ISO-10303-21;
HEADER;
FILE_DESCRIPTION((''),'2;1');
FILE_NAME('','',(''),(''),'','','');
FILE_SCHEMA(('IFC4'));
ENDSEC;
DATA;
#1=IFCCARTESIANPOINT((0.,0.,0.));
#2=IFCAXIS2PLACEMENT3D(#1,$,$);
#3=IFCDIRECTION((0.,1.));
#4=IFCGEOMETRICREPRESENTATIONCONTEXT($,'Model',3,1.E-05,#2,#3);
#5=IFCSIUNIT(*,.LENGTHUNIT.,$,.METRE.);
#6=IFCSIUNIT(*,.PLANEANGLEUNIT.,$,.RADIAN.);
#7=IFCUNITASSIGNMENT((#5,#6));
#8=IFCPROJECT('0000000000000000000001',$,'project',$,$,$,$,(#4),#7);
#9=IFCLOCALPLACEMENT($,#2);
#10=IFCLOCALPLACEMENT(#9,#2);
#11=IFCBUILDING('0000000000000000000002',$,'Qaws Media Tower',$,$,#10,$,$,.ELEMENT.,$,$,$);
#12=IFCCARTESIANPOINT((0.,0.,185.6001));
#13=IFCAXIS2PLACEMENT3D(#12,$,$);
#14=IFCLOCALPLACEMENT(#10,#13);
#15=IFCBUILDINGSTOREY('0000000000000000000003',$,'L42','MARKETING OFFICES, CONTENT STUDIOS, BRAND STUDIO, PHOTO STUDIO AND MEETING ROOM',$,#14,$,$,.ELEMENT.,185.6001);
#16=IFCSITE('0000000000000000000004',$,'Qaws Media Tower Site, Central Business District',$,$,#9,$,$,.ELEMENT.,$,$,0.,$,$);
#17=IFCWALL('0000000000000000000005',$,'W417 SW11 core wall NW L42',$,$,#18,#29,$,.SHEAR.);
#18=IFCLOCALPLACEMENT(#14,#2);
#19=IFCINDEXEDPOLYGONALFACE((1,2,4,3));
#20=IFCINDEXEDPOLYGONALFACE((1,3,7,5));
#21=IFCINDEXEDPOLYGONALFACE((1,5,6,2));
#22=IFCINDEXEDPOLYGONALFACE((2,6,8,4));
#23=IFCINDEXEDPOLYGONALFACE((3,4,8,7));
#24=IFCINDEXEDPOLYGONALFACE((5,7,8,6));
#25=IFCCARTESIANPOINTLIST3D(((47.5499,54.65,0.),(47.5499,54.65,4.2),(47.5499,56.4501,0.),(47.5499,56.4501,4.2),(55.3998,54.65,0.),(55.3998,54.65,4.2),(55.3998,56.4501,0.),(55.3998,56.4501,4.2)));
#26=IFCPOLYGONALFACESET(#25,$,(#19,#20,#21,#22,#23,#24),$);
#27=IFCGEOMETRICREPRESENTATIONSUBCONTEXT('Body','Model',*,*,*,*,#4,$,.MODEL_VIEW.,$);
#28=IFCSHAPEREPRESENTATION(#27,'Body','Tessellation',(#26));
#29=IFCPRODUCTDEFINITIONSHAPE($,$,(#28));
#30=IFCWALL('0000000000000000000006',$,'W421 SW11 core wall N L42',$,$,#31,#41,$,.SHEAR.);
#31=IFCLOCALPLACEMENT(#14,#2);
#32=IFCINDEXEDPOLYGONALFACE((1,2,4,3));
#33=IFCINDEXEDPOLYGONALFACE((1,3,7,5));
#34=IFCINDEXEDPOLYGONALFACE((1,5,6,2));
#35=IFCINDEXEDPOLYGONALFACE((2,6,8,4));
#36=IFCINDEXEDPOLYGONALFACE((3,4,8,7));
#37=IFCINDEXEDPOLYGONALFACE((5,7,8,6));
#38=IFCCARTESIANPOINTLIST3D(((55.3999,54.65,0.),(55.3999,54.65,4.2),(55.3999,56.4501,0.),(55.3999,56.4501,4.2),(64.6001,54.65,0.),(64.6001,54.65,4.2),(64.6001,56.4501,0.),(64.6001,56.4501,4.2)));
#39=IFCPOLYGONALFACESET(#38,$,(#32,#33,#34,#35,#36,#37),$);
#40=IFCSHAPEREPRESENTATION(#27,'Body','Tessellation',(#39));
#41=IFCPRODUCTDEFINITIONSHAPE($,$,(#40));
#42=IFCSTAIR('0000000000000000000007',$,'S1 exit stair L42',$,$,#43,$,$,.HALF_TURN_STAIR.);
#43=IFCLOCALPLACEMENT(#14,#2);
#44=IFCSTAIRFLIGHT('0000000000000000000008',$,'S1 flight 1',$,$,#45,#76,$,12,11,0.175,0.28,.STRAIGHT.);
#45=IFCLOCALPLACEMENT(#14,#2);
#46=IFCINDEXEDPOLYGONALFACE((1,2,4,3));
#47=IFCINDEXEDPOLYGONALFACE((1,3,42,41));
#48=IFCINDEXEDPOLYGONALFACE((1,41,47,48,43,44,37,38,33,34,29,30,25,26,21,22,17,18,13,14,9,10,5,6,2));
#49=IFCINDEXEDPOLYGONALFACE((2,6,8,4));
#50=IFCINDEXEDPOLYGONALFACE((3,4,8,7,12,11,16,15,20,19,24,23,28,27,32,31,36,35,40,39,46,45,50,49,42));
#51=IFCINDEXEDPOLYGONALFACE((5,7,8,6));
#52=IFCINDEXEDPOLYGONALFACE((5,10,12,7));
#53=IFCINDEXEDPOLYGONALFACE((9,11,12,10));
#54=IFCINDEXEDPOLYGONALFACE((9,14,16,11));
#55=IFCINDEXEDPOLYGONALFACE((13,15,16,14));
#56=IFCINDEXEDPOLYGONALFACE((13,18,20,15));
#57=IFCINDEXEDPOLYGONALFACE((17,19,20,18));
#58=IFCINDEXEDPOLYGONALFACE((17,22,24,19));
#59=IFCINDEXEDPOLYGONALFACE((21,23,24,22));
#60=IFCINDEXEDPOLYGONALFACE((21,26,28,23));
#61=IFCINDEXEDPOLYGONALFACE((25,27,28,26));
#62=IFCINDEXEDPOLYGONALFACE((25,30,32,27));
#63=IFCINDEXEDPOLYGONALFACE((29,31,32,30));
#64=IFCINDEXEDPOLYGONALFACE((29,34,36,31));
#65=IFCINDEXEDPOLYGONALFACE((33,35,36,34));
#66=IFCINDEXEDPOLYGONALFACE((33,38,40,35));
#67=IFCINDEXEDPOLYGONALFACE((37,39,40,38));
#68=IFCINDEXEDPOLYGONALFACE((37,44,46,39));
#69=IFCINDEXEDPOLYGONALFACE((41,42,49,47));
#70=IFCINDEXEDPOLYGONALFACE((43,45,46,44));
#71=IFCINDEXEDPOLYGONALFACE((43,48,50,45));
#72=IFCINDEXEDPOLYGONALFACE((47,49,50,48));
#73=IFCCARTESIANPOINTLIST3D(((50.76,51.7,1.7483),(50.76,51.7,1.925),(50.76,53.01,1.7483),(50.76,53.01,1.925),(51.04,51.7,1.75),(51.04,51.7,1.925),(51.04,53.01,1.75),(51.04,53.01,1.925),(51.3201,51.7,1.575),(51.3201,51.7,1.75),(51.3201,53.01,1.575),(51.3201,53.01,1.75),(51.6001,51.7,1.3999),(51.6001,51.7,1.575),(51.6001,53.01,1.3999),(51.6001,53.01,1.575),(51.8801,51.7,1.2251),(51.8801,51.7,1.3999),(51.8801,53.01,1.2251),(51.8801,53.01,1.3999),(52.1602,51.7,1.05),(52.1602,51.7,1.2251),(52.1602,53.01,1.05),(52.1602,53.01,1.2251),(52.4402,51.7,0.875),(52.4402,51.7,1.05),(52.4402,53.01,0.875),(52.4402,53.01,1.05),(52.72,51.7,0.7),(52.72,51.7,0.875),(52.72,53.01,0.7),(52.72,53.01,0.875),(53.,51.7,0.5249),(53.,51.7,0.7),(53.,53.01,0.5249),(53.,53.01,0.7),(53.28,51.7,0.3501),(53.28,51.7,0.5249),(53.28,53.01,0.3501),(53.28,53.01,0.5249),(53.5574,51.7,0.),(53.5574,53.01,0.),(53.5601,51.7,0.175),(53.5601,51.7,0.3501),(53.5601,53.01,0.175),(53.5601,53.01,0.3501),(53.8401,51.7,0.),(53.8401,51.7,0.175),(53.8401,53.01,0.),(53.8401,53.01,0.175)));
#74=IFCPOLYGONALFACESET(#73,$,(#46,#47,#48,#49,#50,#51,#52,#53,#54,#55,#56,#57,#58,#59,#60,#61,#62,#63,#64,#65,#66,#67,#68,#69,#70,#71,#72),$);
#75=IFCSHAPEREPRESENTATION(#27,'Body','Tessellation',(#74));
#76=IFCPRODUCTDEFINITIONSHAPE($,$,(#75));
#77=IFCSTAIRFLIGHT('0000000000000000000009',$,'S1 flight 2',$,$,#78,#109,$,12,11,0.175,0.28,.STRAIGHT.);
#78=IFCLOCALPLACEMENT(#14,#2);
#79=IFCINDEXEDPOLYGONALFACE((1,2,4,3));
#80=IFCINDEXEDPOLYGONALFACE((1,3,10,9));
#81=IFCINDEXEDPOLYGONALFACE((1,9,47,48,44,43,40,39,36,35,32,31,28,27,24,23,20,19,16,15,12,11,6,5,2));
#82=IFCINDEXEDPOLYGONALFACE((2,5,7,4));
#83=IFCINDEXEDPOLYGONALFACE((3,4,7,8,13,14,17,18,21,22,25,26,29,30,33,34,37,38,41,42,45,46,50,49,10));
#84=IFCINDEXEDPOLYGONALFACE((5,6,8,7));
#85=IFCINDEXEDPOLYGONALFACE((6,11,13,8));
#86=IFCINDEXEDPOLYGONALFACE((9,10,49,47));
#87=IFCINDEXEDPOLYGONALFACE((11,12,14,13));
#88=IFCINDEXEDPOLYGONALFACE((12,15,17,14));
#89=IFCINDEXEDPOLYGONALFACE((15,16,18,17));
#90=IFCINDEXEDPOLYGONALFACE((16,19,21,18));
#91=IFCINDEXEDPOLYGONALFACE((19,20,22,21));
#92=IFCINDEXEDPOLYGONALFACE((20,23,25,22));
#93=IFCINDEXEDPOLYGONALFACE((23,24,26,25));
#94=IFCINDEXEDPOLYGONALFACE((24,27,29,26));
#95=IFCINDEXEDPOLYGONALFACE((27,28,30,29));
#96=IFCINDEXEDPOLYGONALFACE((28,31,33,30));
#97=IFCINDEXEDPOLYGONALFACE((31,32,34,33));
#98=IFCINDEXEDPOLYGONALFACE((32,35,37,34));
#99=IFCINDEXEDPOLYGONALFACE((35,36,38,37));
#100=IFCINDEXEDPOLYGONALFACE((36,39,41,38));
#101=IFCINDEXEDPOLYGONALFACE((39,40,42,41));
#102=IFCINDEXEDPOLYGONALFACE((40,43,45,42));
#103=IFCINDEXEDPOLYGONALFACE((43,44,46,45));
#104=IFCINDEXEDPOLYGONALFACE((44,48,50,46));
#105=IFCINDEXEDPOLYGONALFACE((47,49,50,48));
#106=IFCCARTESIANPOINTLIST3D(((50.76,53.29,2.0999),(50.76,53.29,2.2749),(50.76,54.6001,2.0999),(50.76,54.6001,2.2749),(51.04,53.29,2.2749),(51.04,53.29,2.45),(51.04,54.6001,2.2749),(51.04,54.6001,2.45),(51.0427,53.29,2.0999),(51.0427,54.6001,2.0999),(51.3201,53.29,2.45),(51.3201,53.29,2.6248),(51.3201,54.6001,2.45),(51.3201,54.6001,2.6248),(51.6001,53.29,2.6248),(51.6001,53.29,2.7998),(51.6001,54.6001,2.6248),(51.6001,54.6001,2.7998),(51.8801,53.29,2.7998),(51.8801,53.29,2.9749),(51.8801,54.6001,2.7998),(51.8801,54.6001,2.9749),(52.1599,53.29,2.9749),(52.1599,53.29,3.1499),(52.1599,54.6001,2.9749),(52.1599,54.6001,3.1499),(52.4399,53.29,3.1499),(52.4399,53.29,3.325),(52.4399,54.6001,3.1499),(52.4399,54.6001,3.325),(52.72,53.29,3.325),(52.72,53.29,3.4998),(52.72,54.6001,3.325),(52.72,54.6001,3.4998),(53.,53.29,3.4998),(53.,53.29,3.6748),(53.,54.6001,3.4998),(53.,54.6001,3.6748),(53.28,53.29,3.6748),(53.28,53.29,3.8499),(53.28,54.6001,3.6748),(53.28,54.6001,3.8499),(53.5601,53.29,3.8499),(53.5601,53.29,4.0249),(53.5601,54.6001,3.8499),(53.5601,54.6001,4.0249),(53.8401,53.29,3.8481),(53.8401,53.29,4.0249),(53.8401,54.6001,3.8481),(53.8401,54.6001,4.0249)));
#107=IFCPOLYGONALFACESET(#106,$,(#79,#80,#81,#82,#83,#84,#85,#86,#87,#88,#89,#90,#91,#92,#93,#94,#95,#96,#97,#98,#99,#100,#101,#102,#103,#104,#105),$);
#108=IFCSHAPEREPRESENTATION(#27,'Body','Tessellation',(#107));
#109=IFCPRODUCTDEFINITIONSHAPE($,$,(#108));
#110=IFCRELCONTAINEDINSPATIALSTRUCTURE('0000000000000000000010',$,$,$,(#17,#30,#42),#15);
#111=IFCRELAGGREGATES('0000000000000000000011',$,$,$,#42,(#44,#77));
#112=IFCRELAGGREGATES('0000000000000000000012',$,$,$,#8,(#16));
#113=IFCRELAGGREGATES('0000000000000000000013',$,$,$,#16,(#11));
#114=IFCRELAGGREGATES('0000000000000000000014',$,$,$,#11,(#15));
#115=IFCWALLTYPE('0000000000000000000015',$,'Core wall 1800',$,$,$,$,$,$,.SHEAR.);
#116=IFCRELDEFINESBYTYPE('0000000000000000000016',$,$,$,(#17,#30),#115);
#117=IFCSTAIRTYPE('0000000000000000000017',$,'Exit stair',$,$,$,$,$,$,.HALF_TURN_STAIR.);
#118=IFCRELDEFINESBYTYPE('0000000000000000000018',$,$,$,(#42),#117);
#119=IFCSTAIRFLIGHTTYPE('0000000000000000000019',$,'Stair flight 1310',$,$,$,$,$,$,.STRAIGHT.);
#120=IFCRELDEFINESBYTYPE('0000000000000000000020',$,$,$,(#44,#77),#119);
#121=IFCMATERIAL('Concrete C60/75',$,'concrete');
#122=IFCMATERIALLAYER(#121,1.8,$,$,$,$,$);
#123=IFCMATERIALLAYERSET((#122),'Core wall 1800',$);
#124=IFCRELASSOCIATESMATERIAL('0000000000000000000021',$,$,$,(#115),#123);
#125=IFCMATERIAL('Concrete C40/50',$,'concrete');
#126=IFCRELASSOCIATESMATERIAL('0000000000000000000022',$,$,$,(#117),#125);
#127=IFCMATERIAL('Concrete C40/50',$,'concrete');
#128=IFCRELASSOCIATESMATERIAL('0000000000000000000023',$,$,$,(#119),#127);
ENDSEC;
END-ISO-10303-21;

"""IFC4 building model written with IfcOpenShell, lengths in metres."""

from ifc_helpers import new_model, si_unit, direction, frame, frame_2d, origin, place, context, subcontext, project, spatial, polyline, rectangle, outline, extrude, material, layer, layer_set, type_object, element, aggregate, save


model = new_model("IFC4")

# Units and contexts
model_context = context("Model", 3, precision=1e-05, world=origin(), true_north=direction((0.0, 1.0)))
body_context = subcontext(model_context, "Body", "Model", "MODEL_VIEW")
ifc_project = project(units=[si_unit("LENGTHUNIT", "METRE"), si_unit("PLANEANGLEUNIT", "RADIAN")], contexts=[model_context])

# Site, building, storey
site_placement = place(None, origin())
site = spatial("IfcSite", under=ifc_project, at=site_placement, Name="Qaws Media Tower Site, Central Business District", CompositionType="ELEMENT", RefElevation=0.0)
building_placement = place(site_placement, origin())
building = spatial("IfcBuilding", under=site, at=building_placement, Name="Qaws Media Tower", CompositionType="ELEMENT")
storey_placement = place(building_placement, frame((0.0, 0.0, 185.6001)))
storey = spatial("IfcBuildingStorey", under=building, at=storey_placement, Name="L42", Description="MARKETING OFFICES, CONTENT STUDIOS, BRAND STUDIO, PHOTO STUDIO AND MEETING ROOM", CompositionType="ELEMENT", Elevation=185.6001)

# Walls
ifc_material_1 = material(Name="Concrete C60/75", Category="concrete")
ifc_layer = layer(ifc_material_1, 1.8)
ifc_layer_set = layer_set([ifc_layer], Name="Core wall 1800")
wall_type = type_object("IfcWallType", Name="Core wall 1800", PredefinedType="SHEAR", material=ifc_layer_set)
wall_1_placement = place(storey_placement, frame((47.55, 55.55, 0.0), z_axis=(0.0, 0.0, 1.0), x_axis=(1.0, 0.0, 0.0)))
element("IfcWall", 1, at=wall_1_placement, inside=storey, type_object=wall_type, Name="W417 SW11 core wall NW L42", PredefinedType="SHEAR", context=body_context, shape_type="SweptSolid", body=[
    extrude(rectangle(XDim=7.8499, YDim=1.8, at=frame_2d((3.9248, 0.0))), origin(), (0.0, 0.0, 1.0), 4.2),
])
wall_2_placement = place(storey_placement, frame((55.3999, 55.55, 0.0), z_axis=(0.0, 0.0, 1.0), x_axis=(1.0, 0.0, 0.0)))
element("IfcWall", 2, at=wall_2_placement, inside=storey, type_object=wall_type, Name="W421 SW11 core wall N L42", PredefinedType="SHEAR", context=body_context, shape_type="SweptSolid", body=[
    extrude(rectangle(XDim=9.2002, YDim=1.8, at=frame_2d((4.6001, 0.0))), origin(), (0.0, 0.0, 1.0), 4.2),
])

# Stair, stair flights
ifc_material_2 = material(Name="Concrete C40/50", Category="concrete")
stair_type = type_object("IfcStairType", Name="Exit stair", PredefinedType="HALF_TURN_STAIR", material=ifc_material_2)
stair_placement = place(storey_placement, origin())
stair = element("IfcStair", 3, at=stair_placement, inside=storey, type_object=stair_type, Name="S1 exit stair L42", PredefinedType="HALF_TURN_STAIR")
ifc_material_3 = material(Name="Concrete C40/50", Category="concrete")
stair_flight_type = type_object("IfcStairFlightType", Name="Stair flight 1310", PredefinedType="STRAIGHT", material=ifc_material_3)
stair_flight_1_placement = place(storey_placement, frame((53.8401, 52.355, 0.0), z_axis=(0.0, 0.0, 1.0), x_axis=(-1.0, 0.0, 0.0)))
stair_flight_1 = element("IfcStairFlight", 4, at=stair_flight_1_placement, type_object=stair_flight_type, Name="S1 flight 1", NumberOfRisers=12, NumberOfTreads=11, PredefinedType="STRAIGHT", RiserHeight=0.175, TreadLength=0.28, context=body_context, shape_type="SweptSolid", body=[
    extrude(outline(polyline([(0.0, 0.0), (0.0, 0.175), (0.28, 0.175), (0.28, 0.3501), (0.5601, 0.3501), (0.5601, 0.5249), (0.8401, 0.5249), (0.8401, 0.7), (1.1201, 0.7), (1.1201, 0.875), (1.3999, 0.875), (1.3999, 1.05), (1.6799, 1.05), (1.6799, 1.2251), (1.96, 1.2251), (1.96, 1.3999), (2.24, 1.3999), (2.24, 1.575), (2.52, 1.575), (2.52, 1.75), (2.8, 1.75), (2.8, 1.925), (3.0801, 1.925), (3.0801, 2.1001), (3.0801, 1.7483), (0.2827, 0.0), (0.0, 0.0)])), frame((0.0, 0.655, 0.0), z_axis=(0.0, -1.0, 0.0), x_axis=(1.0, 0.0, 0.0)), (0.0, 0.0, 1.0), 1.3101),
])
stair_flight_2_placement = place(storey_placement, frame((50.76, 53.9451, 2.0999), z_axis=(0.0, 0.0, 1.0), x_axis=(1.0, 0.0, 0.0)))
stair_flight_2 = element("IfcStairFlight", 5, at=stair_flight_2_placement, type_object=stair_flight_type, Name="S1 flight 2", NumberOfRisers=12, NumberOfTreads=11, PredefinedType="STRAIGHT", RiserHeight=0.175, TreadLength=0.28, context=body_context, shape_type="SweptSolid", body=[
    extrude(outline(polyline([(0.0, 0.0), (0.0, 0.175), (0.28, 0.175), (0.28, 0.3501), (0.5601, 0.3501), (0.5601, 0.5249), (0.8401, 0.5249), (0.8401, 0.7), (1.1201, 0.7), (1.1201, 0.875), (1.3999, 0.875), (1.3999, 1.05), (1.6799, 1.05), (1.6799, 1.2251), (1.96, 1.2251), (1.96, 1.3999), (2.24, 1.3999), (2.24, 1.575), (2.52, 1.575), (2.52, 1.75), (2.8, 1.75), (2.8, 1.925), (3.0801, 1.925), (3.0801, 2.1001), (3.0801, 1.7483), (0.2827, 0.0), (0.0, 0.0)])), frame((0.0, 0.655, 0.0), z_axis=(0.0, -1.0, 0.0), x_axis=(1.0, 0.0, 0.0)), (0.0, 0.0, 1.0), 1.3101),
])
aggregate(stair, [stair_flight_1, stair_flight_2])

save(model, "model.ifc")
